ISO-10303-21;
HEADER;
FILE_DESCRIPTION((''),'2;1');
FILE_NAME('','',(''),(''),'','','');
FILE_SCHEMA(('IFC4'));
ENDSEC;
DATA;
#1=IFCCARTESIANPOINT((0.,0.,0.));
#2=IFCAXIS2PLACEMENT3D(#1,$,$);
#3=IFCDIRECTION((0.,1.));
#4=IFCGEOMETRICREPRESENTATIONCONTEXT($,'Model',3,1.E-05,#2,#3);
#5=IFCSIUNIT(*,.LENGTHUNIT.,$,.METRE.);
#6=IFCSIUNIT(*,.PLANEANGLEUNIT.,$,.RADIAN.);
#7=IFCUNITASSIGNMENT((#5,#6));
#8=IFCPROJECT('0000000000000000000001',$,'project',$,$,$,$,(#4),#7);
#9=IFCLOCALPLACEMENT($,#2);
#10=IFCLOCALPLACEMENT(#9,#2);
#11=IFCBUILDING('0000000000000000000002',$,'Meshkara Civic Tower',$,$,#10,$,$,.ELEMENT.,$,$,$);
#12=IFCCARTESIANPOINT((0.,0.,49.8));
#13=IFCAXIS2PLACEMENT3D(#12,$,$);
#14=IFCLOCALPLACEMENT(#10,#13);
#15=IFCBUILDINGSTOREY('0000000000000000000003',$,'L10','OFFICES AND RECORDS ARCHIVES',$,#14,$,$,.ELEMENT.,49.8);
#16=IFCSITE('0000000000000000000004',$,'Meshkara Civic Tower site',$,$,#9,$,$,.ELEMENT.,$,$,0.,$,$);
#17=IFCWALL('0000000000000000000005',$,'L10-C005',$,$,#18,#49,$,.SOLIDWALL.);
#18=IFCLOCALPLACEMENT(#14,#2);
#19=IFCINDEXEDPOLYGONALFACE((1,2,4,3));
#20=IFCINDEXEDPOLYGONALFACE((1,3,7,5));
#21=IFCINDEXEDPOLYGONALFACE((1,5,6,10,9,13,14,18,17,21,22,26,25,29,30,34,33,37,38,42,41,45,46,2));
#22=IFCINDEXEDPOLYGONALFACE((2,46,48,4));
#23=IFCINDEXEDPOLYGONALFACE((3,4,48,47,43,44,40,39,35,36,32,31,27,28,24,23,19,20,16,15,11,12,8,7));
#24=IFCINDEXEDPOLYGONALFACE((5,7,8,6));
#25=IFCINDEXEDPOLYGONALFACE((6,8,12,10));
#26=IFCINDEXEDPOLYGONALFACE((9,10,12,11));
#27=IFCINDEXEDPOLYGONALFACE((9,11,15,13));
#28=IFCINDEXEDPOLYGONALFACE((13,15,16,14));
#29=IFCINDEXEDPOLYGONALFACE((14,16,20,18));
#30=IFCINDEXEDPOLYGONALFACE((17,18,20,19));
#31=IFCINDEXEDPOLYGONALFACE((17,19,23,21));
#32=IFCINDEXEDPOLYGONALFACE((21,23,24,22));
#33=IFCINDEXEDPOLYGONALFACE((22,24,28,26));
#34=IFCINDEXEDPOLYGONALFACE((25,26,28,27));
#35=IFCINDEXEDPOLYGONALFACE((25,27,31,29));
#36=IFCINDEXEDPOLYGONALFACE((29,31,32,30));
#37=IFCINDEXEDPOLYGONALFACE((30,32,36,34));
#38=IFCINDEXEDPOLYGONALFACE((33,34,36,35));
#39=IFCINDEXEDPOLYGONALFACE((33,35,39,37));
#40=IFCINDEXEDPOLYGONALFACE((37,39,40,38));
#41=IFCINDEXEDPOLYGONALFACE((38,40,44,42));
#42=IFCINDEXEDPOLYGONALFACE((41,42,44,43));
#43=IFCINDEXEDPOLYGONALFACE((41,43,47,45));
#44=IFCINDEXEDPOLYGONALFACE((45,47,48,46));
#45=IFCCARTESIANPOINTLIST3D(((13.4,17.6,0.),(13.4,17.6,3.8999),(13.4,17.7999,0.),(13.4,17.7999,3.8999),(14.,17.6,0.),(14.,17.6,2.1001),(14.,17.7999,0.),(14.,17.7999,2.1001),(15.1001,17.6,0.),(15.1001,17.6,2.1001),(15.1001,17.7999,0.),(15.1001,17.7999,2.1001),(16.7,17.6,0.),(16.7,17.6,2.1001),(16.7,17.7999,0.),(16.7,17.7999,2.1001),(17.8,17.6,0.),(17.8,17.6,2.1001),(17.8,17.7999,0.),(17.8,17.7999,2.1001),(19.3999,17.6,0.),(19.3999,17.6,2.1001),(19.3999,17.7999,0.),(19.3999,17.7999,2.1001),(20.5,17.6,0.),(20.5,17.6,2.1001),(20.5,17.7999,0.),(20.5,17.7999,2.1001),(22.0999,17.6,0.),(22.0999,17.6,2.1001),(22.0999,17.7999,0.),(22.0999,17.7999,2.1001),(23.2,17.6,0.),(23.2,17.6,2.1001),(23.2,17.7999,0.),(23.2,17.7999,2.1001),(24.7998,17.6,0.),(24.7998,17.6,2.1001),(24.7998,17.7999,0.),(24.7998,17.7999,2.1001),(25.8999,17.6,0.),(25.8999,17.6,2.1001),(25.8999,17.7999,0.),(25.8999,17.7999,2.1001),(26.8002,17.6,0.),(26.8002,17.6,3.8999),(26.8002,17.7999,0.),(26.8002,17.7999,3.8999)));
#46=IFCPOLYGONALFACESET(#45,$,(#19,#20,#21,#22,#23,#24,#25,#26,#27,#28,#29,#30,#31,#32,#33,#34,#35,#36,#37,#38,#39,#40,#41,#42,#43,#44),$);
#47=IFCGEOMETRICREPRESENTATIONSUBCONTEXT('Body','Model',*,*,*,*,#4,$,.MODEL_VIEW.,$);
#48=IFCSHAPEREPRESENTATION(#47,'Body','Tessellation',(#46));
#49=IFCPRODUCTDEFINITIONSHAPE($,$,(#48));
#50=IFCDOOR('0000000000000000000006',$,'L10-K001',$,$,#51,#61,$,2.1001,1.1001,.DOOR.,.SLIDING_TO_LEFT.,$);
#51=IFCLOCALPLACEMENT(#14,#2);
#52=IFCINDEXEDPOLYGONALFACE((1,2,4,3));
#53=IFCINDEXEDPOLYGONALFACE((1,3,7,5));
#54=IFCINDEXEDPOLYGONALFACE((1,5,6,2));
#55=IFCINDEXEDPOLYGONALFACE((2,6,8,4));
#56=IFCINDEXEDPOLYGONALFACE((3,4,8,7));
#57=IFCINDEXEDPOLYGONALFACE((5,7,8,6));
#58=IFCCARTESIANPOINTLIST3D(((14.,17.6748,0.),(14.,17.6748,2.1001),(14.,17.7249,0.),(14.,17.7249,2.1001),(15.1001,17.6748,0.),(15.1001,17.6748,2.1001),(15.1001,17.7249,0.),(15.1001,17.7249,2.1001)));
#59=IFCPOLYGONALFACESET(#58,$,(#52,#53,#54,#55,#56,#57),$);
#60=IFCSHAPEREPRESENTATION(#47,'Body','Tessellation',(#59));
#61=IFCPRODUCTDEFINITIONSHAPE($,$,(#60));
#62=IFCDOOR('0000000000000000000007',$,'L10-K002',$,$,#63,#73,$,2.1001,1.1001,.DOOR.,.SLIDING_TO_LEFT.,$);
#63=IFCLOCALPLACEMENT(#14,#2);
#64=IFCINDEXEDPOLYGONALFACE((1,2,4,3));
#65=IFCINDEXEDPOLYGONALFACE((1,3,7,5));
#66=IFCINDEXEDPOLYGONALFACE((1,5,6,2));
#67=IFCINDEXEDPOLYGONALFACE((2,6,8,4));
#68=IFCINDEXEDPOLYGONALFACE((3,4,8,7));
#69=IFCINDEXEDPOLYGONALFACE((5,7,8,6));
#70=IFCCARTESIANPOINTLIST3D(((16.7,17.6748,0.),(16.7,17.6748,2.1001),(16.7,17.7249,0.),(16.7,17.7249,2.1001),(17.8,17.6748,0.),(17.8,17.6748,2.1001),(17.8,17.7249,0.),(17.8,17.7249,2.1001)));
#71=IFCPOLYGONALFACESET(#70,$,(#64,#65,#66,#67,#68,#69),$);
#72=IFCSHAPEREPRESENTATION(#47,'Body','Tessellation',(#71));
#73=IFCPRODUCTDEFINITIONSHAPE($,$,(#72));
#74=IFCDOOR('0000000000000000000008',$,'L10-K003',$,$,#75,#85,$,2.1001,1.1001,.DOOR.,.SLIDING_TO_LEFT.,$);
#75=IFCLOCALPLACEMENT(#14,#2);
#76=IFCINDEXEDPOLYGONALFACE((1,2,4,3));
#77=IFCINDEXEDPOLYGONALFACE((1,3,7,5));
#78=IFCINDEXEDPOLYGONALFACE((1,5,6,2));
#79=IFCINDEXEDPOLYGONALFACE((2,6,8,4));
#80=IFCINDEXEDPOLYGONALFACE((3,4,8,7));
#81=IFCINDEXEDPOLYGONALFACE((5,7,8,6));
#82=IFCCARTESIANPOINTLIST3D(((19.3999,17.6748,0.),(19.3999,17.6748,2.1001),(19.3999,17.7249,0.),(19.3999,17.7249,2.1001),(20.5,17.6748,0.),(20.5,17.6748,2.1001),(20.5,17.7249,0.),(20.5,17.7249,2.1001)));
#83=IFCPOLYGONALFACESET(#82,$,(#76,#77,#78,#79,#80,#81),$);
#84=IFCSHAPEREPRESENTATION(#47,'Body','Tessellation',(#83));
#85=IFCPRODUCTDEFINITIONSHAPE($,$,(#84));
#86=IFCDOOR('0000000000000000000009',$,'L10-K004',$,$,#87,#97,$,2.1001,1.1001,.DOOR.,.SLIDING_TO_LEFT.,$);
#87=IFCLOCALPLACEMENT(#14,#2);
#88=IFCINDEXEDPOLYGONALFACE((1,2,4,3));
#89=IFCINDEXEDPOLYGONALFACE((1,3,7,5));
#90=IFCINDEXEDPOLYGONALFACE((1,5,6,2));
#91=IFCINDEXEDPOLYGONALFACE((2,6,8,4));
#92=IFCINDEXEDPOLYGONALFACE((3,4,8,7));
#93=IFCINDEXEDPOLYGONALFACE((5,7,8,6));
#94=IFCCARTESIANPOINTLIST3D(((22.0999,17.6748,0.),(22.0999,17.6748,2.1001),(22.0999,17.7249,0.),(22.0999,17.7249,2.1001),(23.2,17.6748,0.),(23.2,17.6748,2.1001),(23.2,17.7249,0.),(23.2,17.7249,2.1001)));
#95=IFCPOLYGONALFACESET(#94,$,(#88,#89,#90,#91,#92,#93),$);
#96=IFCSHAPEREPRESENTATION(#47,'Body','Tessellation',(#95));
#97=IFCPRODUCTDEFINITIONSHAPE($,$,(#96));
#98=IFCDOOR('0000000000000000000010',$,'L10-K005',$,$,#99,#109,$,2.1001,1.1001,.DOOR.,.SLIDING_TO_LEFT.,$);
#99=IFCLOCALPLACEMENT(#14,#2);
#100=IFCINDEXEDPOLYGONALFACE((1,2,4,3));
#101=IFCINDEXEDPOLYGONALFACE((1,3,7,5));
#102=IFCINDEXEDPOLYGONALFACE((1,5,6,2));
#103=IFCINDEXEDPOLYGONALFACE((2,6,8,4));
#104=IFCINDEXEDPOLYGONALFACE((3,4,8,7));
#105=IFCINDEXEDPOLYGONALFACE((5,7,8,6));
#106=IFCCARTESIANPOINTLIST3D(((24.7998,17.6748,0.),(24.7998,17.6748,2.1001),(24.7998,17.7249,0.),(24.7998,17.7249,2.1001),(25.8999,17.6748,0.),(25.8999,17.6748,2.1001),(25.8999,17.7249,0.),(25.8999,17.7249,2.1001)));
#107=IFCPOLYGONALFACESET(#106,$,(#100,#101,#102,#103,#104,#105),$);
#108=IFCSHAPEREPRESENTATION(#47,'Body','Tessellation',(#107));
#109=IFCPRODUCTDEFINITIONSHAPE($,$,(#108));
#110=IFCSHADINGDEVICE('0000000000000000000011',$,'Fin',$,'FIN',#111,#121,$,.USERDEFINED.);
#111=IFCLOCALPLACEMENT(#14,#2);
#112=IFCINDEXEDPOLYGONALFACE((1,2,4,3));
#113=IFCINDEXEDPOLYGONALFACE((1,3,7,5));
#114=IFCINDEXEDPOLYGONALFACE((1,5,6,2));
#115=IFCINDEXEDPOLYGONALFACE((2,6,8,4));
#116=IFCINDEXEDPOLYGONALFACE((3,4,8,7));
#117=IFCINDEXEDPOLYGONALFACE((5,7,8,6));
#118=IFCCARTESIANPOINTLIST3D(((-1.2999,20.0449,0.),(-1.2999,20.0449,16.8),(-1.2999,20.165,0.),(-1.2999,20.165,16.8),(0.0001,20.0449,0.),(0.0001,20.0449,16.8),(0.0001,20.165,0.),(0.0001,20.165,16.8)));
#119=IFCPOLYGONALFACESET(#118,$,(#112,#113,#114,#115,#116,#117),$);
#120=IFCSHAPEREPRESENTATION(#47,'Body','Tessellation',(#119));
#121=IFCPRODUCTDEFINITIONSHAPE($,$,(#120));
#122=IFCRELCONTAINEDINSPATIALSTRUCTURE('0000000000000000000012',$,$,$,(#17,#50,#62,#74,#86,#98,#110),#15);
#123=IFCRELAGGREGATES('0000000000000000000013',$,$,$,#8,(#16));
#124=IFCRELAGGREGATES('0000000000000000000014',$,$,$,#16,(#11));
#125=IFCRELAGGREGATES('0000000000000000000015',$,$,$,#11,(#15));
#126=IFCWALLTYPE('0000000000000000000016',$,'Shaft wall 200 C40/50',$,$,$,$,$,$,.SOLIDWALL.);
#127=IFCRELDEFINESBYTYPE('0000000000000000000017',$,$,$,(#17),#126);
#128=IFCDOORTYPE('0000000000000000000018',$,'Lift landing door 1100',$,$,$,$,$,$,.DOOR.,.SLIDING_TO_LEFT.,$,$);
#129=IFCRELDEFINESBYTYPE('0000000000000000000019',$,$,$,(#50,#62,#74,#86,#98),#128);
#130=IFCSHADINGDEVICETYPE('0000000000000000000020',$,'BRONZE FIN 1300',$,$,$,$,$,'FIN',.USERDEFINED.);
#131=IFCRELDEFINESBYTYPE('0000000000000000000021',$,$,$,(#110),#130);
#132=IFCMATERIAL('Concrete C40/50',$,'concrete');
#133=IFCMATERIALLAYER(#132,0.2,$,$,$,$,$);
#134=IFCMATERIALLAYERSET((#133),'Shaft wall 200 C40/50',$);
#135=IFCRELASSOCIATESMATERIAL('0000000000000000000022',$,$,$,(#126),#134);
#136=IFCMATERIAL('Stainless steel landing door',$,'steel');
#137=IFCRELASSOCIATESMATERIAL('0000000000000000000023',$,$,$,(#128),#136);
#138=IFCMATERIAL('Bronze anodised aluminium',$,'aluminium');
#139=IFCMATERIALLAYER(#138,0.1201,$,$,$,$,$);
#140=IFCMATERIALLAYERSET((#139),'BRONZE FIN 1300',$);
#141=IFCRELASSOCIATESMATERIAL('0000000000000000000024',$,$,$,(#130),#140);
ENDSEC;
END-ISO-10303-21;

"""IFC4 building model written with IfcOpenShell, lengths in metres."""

from ifc_helpers import new_model, si_unit, direction, frame, frame_2d, origin, origin_2d, place, context, subcontext, project, spatial, rectangle, extrude, material, layer, layer_set, type_object, element, fill, save


model = new_model("IFC4")

# Units and contexts
model_context = context("Model", 3, precision=1e-05, world=origin(), true_north=direction((0.0, 1.0)))
body_context = subcontext(model_context, "Body", "Model", "MODEL_VIEW")
ifc_project = project(units=[si_unit("LENGTHUNIT", "METRE"), si_unit("PLANEANGLEUNIT", "RADIAN")], contexts=[model_context])

# Site, building, storey
site_placement = place(None, origin())
site = spatial("IfcSite", under=ifc_project, at=site_placement, Name="Meshkara Civic Tower site", CompositionType="ELEMENT", RefElevation=0.0)
building_placement = place(site_placement, origin())
building = spatial("IfcBuilding", under=site, at=building_placement, Name="Meshkara Civic Tower", CompositionType="ELEMENT")
storey_placement = place(building_placement, frame((0.0, 0.0, 49.8)))
storey = spatial("IfcBuildingStorey", under=building, at=storey_placement, Name="L10", Description="OFFICES AND RECORDS ARCHIVES", CompositionType="ELEMENT", Elevation=49.8)

# Wall, openings, doors
ifc_material_1 = material(Name="Concrete C40/50", Category="concrete")
ifc_layer_1 = layer(ifc_material_1, 0.2)
ifc_layer_set_1 = layer_set([ifc_layer_1], Name="Shaft wall 200 C40/50")
wall_type_1 = type_object("IfcWallType", Name="Shaft wall 200 C40/50", PredefinedType="SOLIDWALL", material=ifc_layer_set_1)
wall_1_placement = place(storey_placement, frame((13.3999, 17.7, 0.0), z_axis=(0.0, 0.0, 1.0), x_axis=(1.0, 0.0, 0.0)))
wall_1 = element("IfcWall", 1, at=wall_1_placement, inside=storey, type_object=wall_type_1, Name="L10-C005", PredefinedType="SOLIDWALL", context=body_context, shape_type="SweptSolid", body=[
    extrude(rectangle(XDim=13.4001, YDim=0.2, at=frame_2d((6.7002, 0.0))), origin(), (0.0, 0.0, 1.0), 3.8999),
])
opening_1_placement = place(wall_1_placement, frame((0.6001, 0.0, 0.0)))
opening_1 = element("IfcOpeningElement", 2, at=opening_1_placement, cuts=wall_1, PredefinedType="OPENING", context=body_context, shape_type="SweptSolid", body=[
    extrude(rectangle(XDim=1.1001, YDim=2.1001, at=frame_2d((0.55, 1.05))), frame((0.0, 0.1099, 0.0), z_axis=(0.0, -1.0, 0.0), x_axis=(1.0, 0.0, 0.0)), (0.0, 0.0, 1.0), 0.22),
])
opening_2_placement = place(wall_1_placement, frame((3.3, 0.0, 0.0)))
opening_2 = element("IfcOpeningElement", 3, at=opening_2_placement, cuts=wall_1, PredefinedType="OPENING", context=body_context, shape_type="SweptSolid", body=[
    extrude(rectangle(XDim=1.1001, YDim=2.1001, at=frame_2d((0.55, 1.05))), frame((0.0, 0.1099, 0.0), z_axis=(0.0, -1.0, 0.0), x_axis=(1.0, 0.0, 0.0)), (0.0, 0.0, 1.0), 0.22),
])
opening_3_placement = place(wall_1_placement, frame((6.0, 0.0, 0.0)))
opening_3 = element("IfcOpeningElement", 4, at=opening_3_placement, cuts=wall_1, PredefinedType="OPENING", context=body_context, shape_type="SweptSolid", body=[
    extrude(rectangle(XDim=1.1001, YDim=2.1001, at=frame_2d((0.55, 1.05))), frame((0.0, 0.1099, 0.0), z_axis=(0.0, -1.0, 0.0), x_axis=(1.0, 0.0, 0.0)), (0.0, 0.0, 1.0), 0.22),
])
opening_4_placement = place(wall_1_placement, frame((8.7, 0.0, 0.0)))
opening_4 = element("IfcOpeningElement", 5, at=opening_4_placement, cuts=wall_1, PredefinedType="OPENING", context=body_context, shape_type="SweptSolid", body=[
    extrude(rectangle(XDim=1.1001, YDim=2.1001, at=frame_2d((0.55, 1.05))), frame((0.0, 0.1099, 0.0), z_axis=(0.0, -1.0, 0.0), x_axis=(1.0, 0.0, 0.0)), (0.0, 0.0, 1.0), 0.22),
])
opening_5_placement = place(wall_1_placement, frame((11.3999, 0.0, 0.0)))
opening_5 = element("IfcOpeningElement", 6, at=opening_5_placement, cuts=wall_1, PredefinedType="OPENING", context=body_context, shape_type="SweptSolid", body=[
    extrude(rectangle(XDim=1.1001, YDim=2.1001, at=frame_2d((0.55, 1.05))), frame((0.0, 0.1099, 0.0), z_axis=(0.0, -1.0, 0.0), x_axis=(1.0, 0.0, 0.0)), (0.0, 0.0, 1.0), 0.22),
])
ifc_material_2 = material(Name="Stainless steel landing door", Category="steel")
door_type_1 = type_object("IfcDoorType", Name="Lift landing door 1100", OperationType="SLIDING_TO_LEFT", PredefinedType="DOOR", material=ifc_material_2)
door_1_placement = place(opening_1_placement, origin())
door_1 = element("IfcDoor", 7, at=door_1_placement, inside=storey, type_object=door_type_1, Name="L10-K001", OperationType="SLIDING_TO_LEFT", OverallHeight=2.1001, OverallWidth=1.1001, PredefinedType="DOOR", context=body_context, shape_type="SweptSolid", body=[
    extrude(rectangle(XDim=1.1001, YDim=2.1001, at=frame_2d((0.55, 1.05))), frame((0.0, 0.0249, 0.0), z_axis=(0.0, -1.0, 0.0), x_axis=(1.0, 0.0, 0.0)), (0.0, 0.0, 1.0), 0.05),
])
fill(opening_1, door_1)
door_2_placement = place(opening_2_placement, origin())
door_2 = element("IfcDoor", 8, at=door_2_placement, inside=storey, type_object=door_type_1, Name="L10-K002", OperationType="SLIDING_TO_LEFT", OverallHeight=2.1001, OverallWidth=1.1001, PredefinedType="DOOR", context=body_context, shape_type="SweptSolid", body=[
    extrude(rectangle(XDim=1.1001, YDim=2.1001, at=frame_2d((0.55, 1.05))), frame((0.0, 0.0249, 0.0), z_axis=(0.0, -1.0, 0.0), x_axis=(1.0, 0.0, 0.0)), (0.0, 0.0, 1.0), 0.05),
])
fill(opening_2, door_2)
door_3_placement = place(opening_3_placement, origin())
door_3 = element("IfcDoor", 9, at=door_3_placement, inside=storey, type_object=door_type_1, Name="L10-K003", OperationType="SLIDING_TO_LEFT", OverallHeight=2.1001, OverallWidth=1.1001, PredefinedType="DOOR", context=body_context, shape_type="SweptSolid", body=[
    extrude(rectangle(XDim=1.1001, YDim=2.1001, at=frame_2d((0.55, 1.05))), frame((0.0, 0.0249, 0.0), z_axis=(0.0, -1.0, 0.0), x_axis=(1.0, 0.0, 0.0)), (0.0, 0.0, 1.0), 0.05),
])
fill(opening_3, door_3)
door_4_placement = place(opening_4_placement, origin())
door_4 = element("IfcDoor", 10, at=door_4_placement, inside=storey, type_object=door_type_1, Name="L10-K004", OperationType="SLIDING_TO_LEFT", OverallHeight=2.1001, OverallWidth=1.1001, PredefinedType="DOOR", context=body_context, shape_type="SweptSolid", body=[
    extrude(rectangle(XDim=1.1001, YDim=2.1001, at=frame_2d((0.55, 1.05))), frame((0.0, 0.0249, 0.0), z_axis=(0.0, -1.0, 0.0), x_axis=(1.0, 0.0, 0.0)), (0.0, 0.0, 1.0), 0.05),
])
fill(opening_4, door_4)
door_5_placement = place(opening_5_placement, origin())
door_5 = element("IfcDoor", 11, at=door_5_placement, inside=storey, type_object=door_type_1, Name="L10-K005", OperationType="SLIDING_TO_LEFT", OverallHeight=2.1001, OverallWidth=1.1001, PredefinedType="DOOR", context=body_context, shape_type="SweptSolid", body=[
    extrude(rectangle(XDim=1.1001, YDim=2.1001, at=frame_2d((0.55, 1.05))), frame((0.0, 0.0249, 0.0), z_axis=(0.0, -1.0, 0.0), x_axis=(1.0, 0.0, 0.0)), (0.0, 0.0, 1.0), 0.05),
])
fill(opening_5, door_5)

# Shading device
ifc_material_3 = material(Name="Bronze anodised aluminium", Category="aluminium")
ifc_layer_2 = layer(ifc_material_3, 0.1201)
ifc_layer_set_2 = layer_set([ifc_layer_2], Name="BRONZE FIN 1300")
shading_device_type = type_object("IfcShadingDeviceType", Name="BRONZE FIN 1300", ElementType="FIN", PredefinedType="USERDEFINED", material=ifc_layer_set_2)
shading_device_placement = place(storey_placement, frame((-0.6499, 20.105, 0.0), z_axis=(0.0, 0.0, 1.0), x_axis=(0.0, -1.0, 0.0)))
element("IfcShadingDevice", 12, at=shading_device_placement, inside=storey, type_object=shading_device_type, Name="Fin", ObjectType="FIN", PredefinedType="USERDEFINED", context=body_context, shape_type="SweptSolid", body=[
    extrude(rectangle(XDim=0.1201, YDim=1.3, at=origin_2d()), origin(), (0.0, 0.0, 1.0), 16.8),
])

save(model, "model.ifc")
